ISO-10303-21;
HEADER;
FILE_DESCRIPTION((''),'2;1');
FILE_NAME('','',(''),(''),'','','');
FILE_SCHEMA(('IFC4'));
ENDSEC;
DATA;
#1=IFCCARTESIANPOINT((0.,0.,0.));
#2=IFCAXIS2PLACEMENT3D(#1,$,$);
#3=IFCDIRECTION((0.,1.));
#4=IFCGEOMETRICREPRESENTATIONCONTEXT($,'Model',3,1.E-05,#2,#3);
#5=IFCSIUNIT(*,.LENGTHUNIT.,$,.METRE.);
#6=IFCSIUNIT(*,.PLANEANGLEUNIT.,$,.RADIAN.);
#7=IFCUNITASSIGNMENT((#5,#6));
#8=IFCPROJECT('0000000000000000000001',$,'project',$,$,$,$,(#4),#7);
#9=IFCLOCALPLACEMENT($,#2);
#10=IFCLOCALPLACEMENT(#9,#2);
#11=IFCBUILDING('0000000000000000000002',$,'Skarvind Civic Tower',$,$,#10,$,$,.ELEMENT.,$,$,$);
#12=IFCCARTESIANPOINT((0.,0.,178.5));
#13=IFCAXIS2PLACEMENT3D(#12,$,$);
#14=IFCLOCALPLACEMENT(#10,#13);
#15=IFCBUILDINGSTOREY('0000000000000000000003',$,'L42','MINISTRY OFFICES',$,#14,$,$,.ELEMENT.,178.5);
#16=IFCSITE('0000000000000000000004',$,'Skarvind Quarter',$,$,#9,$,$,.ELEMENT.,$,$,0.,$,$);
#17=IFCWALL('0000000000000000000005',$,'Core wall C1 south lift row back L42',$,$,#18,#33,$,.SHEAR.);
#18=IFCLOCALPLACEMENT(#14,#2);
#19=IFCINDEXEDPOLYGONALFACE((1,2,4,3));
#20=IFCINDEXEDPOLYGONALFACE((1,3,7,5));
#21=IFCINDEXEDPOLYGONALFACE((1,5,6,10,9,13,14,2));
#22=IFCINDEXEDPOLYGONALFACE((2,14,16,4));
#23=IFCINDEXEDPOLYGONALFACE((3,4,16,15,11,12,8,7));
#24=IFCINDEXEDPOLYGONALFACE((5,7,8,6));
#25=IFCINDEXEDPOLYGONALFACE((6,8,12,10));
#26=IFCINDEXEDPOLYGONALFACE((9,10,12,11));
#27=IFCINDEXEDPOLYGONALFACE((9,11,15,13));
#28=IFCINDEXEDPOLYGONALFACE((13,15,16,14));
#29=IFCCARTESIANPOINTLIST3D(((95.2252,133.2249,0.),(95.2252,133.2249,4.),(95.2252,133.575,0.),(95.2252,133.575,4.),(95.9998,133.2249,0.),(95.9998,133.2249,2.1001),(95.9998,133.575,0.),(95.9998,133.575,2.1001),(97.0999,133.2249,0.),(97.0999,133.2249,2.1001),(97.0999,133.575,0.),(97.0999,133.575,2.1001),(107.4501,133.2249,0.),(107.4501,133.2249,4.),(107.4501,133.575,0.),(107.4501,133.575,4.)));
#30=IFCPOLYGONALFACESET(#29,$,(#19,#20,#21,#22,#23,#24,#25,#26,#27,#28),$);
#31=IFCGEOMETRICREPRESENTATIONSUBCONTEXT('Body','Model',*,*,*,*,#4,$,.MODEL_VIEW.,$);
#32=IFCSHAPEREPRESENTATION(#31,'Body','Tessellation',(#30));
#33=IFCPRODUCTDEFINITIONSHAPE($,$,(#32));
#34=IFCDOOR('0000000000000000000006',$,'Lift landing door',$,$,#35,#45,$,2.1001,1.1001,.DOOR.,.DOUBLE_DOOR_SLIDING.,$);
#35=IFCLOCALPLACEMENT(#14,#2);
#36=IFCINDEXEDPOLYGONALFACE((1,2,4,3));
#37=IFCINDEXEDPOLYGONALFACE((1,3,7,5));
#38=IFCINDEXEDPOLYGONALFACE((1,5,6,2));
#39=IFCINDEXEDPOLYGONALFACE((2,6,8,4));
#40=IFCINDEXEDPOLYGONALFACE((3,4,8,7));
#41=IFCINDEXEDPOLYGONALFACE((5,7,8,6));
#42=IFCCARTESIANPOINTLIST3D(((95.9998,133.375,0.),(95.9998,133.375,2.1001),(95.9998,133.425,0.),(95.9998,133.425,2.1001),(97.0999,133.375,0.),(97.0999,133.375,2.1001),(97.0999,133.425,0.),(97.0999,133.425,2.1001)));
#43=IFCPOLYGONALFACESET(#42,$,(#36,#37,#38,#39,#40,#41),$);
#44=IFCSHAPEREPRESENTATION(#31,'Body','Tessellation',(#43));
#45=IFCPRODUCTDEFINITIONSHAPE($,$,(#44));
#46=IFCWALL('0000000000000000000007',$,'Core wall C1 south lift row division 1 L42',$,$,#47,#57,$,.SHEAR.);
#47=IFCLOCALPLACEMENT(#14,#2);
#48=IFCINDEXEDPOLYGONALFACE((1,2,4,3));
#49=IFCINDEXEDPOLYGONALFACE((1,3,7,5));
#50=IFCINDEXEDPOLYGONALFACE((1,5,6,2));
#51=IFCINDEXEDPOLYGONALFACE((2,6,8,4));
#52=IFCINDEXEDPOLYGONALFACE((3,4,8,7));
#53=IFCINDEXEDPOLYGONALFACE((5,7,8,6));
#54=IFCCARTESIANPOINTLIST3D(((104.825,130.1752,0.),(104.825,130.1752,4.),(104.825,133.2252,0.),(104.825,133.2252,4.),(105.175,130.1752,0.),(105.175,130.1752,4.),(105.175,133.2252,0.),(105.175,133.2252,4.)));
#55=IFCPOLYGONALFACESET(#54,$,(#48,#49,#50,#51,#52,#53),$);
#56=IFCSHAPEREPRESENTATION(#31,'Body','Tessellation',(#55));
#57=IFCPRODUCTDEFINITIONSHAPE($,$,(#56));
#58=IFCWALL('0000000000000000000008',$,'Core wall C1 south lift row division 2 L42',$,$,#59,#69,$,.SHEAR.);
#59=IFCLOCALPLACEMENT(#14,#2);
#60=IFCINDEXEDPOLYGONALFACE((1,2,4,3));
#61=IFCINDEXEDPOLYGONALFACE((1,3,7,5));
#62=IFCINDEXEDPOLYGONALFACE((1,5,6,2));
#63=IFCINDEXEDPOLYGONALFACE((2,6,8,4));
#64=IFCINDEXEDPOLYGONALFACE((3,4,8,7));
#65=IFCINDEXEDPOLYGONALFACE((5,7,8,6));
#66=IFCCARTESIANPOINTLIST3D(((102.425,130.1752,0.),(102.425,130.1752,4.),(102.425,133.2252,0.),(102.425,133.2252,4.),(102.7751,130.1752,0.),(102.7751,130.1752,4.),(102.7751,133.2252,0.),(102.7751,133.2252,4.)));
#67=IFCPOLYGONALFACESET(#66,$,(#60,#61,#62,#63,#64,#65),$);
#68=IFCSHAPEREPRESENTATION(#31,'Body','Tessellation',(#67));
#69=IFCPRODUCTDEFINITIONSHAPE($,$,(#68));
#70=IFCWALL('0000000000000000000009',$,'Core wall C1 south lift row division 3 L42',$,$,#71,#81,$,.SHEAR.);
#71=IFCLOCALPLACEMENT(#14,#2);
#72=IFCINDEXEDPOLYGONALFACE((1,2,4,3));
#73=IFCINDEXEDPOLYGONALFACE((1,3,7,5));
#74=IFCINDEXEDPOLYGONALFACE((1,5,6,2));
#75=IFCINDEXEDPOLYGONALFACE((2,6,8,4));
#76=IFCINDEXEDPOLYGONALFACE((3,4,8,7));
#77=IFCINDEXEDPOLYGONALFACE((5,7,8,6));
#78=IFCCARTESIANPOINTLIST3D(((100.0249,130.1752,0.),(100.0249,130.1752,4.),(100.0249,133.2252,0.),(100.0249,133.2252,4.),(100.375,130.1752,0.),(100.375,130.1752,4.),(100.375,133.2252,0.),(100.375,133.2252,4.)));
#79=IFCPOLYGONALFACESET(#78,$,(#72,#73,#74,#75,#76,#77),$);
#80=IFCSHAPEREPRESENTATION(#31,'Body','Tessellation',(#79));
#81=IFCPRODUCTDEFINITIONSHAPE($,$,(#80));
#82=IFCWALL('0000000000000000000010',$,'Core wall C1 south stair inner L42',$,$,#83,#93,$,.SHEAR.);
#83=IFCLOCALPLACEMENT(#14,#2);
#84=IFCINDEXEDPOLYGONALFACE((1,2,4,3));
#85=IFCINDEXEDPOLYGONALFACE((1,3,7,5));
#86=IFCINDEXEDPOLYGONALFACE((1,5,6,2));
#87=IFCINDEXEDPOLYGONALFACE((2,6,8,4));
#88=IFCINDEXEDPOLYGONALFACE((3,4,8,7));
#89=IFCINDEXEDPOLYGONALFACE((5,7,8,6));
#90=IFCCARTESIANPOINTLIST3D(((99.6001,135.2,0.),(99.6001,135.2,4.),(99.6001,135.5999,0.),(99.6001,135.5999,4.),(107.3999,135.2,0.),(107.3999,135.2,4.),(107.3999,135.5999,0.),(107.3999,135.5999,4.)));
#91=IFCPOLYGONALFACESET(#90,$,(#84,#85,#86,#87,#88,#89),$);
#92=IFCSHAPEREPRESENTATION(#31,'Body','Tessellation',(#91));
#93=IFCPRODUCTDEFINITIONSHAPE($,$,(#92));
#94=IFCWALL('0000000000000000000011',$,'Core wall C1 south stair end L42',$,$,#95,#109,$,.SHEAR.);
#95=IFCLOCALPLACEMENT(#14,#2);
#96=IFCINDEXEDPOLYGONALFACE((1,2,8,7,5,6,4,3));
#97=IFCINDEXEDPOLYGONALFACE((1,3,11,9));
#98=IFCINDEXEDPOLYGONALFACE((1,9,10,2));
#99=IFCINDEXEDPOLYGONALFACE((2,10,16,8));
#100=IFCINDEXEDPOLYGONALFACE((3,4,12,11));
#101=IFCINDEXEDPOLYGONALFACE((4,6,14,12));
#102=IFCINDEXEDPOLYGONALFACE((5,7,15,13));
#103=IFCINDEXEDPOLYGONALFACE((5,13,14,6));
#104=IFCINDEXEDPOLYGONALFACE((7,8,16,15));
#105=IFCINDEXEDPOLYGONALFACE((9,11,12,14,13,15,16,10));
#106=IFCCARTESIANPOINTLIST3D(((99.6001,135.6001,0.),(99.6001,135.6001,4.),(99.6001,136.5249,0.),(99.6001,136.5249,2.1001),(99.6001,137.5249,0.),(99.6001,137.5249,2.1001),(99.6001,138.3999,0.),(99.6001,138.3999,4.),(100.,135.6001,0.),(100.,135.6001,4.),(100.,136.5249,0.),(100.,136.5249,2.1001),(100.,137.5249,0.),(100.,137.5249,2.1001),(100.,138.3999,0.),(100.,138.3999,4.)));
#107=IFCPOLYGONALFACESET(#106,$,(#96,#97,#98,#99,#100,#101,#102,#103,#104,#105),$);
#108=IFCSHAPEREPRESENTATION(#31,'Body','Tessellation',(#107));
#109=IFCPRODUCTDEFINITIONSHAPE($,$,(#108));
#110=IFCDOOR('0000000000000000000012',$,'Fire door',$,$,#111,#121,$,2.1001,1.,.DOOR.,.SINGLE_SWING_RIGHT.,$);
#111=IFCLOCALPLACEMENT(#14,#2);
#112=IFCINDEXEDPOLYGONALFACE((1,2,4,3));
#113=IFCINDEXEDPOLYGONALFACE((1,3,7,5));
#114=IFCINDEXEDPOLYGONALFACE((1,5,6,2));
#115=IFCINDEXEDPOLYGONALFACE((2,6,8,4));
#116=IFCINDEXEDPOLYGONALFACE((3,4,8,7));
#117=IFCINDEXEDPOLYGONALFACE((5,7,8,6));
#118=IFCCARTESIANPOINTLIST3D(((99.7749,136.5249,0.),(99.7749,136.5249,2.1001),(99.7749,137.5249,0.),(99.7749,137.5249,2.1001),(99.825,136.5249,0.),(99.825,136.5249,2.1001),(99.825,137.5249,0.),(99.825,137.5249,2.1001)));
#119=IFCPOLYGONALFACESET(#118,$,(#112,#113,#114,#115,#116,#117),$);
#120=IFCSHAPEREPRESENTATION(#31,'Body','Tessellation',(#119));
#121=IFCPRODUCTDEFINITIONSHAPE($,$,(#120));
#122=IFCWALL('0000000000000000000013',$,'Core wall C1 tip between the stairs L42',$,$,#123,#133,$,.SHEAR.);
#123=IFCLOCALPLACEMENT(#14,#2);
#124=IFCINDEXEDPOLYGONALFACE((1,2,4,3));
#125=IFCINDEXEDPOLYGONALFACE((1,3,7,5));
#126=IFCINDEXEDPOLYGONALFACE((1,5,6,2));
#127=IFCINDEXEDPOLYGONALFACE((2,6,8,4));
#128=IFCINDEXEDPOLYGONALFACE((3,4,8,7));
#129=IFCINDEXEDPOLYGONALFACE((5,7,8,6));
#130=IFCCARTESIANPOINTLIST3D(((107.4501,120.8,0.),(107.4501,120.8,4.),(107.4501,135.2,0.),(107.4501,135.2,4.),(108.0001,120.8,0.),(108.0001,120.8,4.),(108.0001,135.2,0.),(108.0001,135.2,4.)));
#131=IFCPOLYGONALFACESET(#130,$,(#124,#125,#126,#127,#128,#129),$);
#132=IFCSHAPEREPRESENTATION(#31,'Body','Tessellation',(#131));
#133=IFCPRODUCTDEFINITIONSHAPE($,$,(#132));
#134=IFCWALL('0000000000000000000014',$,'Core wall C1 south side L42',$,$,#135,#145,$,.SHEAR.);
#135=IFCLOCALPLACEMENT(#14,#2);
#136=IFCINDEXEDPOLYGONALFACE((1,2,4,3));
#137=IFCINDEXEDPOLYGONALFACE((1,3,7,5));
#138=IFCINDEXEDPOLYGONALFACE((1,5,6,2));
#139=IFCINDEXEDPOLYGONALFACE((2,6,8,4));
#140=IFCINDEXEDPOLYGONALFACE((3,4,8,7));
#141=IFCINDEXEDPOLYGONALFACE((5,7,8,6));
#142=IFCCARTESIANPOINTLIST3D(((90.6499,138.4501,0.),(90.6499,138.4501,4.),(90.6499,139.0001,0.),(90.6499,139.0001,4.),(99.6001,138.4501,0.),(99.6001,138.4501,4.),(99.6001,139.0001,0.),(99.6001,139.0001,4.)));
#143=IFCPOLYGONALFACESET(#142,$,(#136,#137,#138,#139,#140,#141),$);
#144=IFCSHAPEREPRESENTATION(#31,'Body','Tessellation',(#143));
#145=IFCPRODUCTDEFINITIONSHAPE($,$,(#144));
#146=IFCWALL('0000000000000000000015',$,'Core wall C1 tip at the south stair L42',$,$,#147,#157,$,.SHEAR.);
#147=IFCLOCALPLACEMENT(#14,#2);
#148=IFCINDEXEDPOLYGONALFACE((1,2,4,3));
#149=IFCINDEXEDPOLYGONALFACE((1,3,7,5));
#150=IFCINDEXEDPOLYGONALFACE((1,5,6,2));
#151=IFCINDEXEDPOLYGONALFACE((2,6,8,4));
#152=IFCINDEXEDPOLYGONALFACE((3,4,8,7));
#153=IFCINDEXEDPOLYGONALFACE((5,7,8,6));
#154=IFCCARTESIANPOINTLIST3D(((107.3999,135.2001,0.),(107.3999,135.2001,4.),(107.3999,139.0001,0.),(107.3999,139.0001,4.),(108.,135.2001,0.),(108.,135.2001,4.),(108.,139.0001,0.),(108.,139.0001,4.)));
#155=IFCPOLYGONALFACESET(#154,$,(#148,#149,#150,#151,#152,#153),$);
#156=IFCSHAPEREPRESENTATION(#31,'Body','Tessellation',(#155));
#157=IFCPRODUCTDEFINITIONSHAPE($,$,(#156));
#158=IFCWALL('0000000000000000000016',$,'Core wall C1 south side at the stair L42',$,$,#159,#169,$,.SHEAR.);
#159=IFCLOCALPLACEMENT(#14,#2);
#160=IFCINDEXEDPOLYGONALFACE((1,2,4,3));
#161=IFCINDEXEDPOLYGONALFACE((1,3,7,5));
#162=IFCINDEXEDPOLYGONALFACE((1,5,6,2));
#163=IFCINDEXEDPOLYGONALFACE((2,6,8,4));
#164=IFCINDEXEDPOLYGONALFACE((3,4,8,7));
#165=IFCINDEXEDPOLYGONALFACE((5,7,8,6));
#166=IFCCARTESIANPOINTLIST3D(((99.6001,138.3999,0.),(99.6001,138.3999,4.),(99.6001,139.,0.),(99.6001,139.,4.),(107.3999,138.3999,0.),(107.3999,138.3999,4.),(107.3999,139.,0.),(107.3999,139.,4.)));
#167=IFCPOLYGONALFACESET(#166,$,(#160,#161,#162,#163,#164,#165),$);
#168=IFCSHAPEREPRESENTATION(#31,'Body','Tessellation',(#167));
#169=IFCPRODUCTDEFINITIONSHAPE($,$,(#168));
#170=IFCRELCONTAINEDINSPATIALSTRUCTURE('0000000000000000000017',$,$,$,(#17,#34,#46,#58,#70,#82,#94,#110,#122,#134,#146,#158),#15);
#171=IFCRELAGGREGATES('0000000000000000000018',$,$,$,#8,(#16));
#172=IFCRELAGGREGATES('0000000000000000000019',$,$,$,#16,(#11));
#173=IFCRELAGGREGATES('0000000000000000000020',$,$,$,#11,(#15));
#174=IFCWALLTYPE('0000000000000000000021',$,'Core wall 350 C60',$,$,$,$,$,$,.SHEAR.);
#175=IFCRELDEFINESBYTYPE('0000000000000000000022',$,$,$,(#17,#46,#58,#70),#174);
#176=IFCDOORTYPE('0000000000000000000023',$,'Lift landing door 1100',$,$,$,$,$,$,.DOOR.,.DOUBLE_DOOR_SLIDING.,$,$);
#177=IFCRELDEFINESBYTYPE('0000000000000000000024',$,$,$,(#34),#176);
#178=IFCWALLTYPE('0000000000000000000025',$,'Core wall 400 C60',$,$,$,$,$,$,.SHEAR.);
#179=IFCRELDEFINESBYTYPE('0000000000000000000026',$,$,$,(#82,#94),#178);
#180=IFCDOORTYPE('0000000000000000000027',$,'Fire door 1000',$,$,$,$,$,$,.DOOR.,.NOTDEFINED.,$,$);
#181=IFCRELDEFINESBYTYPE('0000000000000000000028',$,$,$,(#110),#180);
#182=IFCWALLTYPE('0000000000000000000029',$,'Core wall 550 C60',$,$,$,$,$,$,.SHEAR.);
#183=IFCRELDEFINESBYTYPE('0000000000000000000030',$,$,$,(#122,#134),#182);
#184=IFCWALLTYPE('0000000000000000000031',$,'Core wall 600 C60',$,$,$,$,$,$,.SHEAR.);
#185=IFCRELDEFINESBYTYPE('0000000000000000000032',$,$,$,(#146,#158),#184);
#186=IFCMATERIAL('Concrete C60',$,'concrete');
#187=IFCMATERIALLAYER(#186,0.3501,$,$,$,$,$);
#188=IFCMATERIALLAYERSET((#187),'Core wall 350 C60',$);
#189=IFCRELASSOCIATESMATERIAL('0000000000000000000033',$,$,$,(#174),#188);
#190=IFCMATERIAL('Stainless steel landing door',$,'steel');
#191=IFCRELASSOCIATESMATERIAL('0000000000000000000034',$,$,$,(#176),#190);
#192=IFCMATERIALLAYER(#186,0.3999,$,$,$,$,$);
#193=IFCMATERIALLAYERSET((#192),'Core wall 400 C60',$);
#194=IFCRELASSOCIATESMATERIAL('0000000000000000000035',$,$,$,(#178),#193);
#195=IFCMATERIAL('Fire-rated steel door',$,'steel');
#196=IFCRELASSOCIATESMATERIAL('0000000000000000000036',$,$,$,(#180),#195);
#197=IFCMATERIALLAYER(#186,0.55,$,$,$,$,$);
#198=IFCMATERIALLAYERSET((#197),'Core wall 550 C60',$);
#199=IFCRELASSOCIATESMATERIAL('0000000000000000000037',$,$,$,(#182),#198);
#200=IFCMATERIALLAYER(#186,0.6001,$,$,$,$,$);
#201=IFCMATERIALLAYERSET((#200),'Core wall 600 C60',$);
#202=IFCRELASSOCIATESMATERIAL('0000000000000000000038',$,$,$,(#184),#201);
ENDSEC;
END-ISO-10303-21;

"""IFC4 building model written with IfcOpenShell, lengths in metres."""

from ifc_helpers import new_model, si_unit, direction, frame, frame_2d, origin, place, context, subcontext, project, spatial, rectangle, extrude, material, layer, layer_set, type_object, element, fill, save


model = new_model("IFC4")

# Units and contexts
model_context = context("Model", 3, precision=1e-05, world=origin(), true_north=direction((0.0, 1.0)))
body_context = subcontext(model_context, "Body", "Model", "MODEL_VIEW")
ifc_project = project(units=[si_unit("LENGTHUNIT", "METRE"), si_unit("PLANEANGLEUNIT", "RADIAN")], contexts=[model_context])

# Site, building, storey
site_placement = place(None, origin())
site = spatial("IfcSite", under=ifc_project, at=site_placement, Name="Skarvind Quarter", CompositionType="ELEMENT", RefElevation=0.0)
building_placement = place(site_placement, origin())
building = spatial("IfcBuilding", under=site, at=building_placement, Name="Skarvind Civic Tower", CompositionType="ELEMENT")
storey_placement = place(building_placement, frame((0.0, 0.0, 178.5)))
storey = spatial("IfcBuildingStorey", under=building, at=storey_placement, Name="L42", Description="MINISTRY OFFICES", CompositionType="ELEMENT", Elevation=178.5)

# Wall, opening, door
ifc_material_1 = material(Name="Concrete C60", Category="concrete")
ifc_layer_1 = layer(ifc_material_1, 0.3501)
ifc_layer_set_1 = layer_set([ifc_layer_1], Name="Core wall 350 C60")
wall_type_1 = type_object("IfcWallType", Name="Core wall 350 C60", PredefinedType="SHEAR", material=ifc_layer_set_1)
wall_1_placement = place(storey_placement, frame((107.45, 133.3999, 0.0), z_axis=(0.0, 0.0, 1.0), x_axis=(-1.0, 0.0, 0.0)))
wall_1 = element("IfcWall", 1, at=wall_1_placement, inside=storey, type_object=wall_type_1, Name="Core wall C1 south lift row back L42", PredefinedType="SHEAR", context=body_context, shape_type="SweptSolid", body=[
    extrude(rectangle(XDim=12.2249, YDim=0.3501, at=frame_2d((6.1123, 0.0))), origin(), (0.0, 0.0, 1.0), 4.0),
])
opening_1_placement = place(wall_1_placement, frame((10.3501, 0.0, 0.0)))
opening_1 = element("IfcOpeningElement", 2, at=opening_1_placement, cuts=wall_1, PredefinedType="OPENING", context=body_context, shape_type="SweptSolid", body=[
    extrude(rectangle(XDim=1.1001, YDim=2.1001, at=frame_2d((0.55, 1.05))), frame((0.0, 0.1851, 0.0), z_axis=(0.0, -1.0, 0.0), x_axis=(1.0, 0.0, 0.0)), (0.0, 0.0, 1.0), 0.3701),
])
ifc_material_2 = material(Name="Stainless steel landing door", Category="steel")
door_type_1 = type_object("IfcDoorType", Name="Lift landing door 1100", OperationType="DOUBLE_DOOR_SLIDING", PredefinedType="DOOR", material=ifc_material_2)
door_1_placement = place(opening_1_placement, origin())
door_1 = element("IfcDoor", 3, at=door_1_placement, inside=storey, type_object=door_type_1, Name="Lift landing door", OperationType="DOUBLE_DOOR_SLIDING", OverallHeight=2.1001, OverallWidth=1.1001, PredefinedType="DOOR", context=body_context, shape_type="SweptSolid", body=[
    extrude(rectangle(XDim=1.1001, YDim=2.1001, at=frame_2d((0.55, 1.05))), frame((0.0, 0.0249, 0.0), z_axis=(0.0, -1.0, 0.0), x_axis=(1.0, 0.0, 0.0)), (0.0, 0.0, 1.0), 0.05),
])
fill(opening_1, door_1)

# Walls
for number, where, z_axis, x_axis, name in (
    (4, (105.0, 133.2251, 0.0), (0.0, 0.0, 1.0), (0.0, -1.0, 0.0), "Core wall C1 south lift row division 1 L42"),
    (5, (102.6001, 133.2251, 0.0), (0.0, 0.0, 1.0), (0.0, -1.0, 0.0), "Core wall C1 south lift row division 2 L42"),
    (6, (100.2, 133.2251, 0.0), (0.0, 0.0, 1.0), (0.0, -1.0, 0.0), "Core wall C1 south lift row division 3 L42"),
):
    element("IfcWall", number, at=place(storey_placement, frame(where, z_axis=z_axis, x_axis=x_axis)), inside=storey, type_object=wall_type_1, Name=name, PredefinedType="SHEAR", context=body_context, shape_type="SweptSolid", body=[
        extrude(rectangle(XDim=3.05, YDim=0.3501, at=frame_2d((1.5249, 0.0))), origin(), (0.0, 0.0, 1.0), 4.0),
    ])
ifc_layer_2 = layer(ifc_material_1, 0.3999)
ifc_layer_set_2 = layer_set([ifc_layer_2], Name="Core wall 400 C60")
wall_type_2 = type_object("IfcWallType", Name="Core wall 400 C60", PredefinedType="SHEAR", material=ifc_layer_set_2)
wall_2_placement = place(storey_placement, frame((107.3999, 135.3999, 0.0), z_axis=(0.0, 0.0, 1.0), x_axis=(-1.0, 0.0, 0.0)))
element("IfcWall", 7, at=wall_2_placement, inside=storey, type_object=wall_type_2, Name="Core wall C1 south stair inner L42", PredefinedType="SHEAR", context=body_context, shape_type="SweptSolid", body=[
    extrude(rectangle(XDim=7.7998, YDim=0.3999, at=frame_2d((3.8999, 0.0))), origin(), (0.0, 0.0, 1.0), 4.0),
])

# Wall, opening, door
wall_3_placement = place(storey_placement, frame((99.8, 138.3999, 0.0), z_axis=(0.0, 0.0, 1.0), x_axis=(0.0, -1.0, 0.0)))
wall_3 = element("IfcWall", 8, at=wall_3_placement, inside=storey, type_object=wall_type_2, Name="Core wall C1 south stair end L42", PredefinedType="SHEAR", context=body_context, shape_type="SweptSolid", body=[
    extrude(rectangle(XDim=2.7998, YDim=0.3999, at=frame_2d((1.3999, 0.0))), origin(), (0.0, 0.0, 1.0), 4.0),
])
opening_2_placement = place(wall_3_placement, frame((0.875, 0.0, 0.0)))
opening_2 = element("IfcOpeningElement", 9, at=opening_2_placement, cuts=wall_3, PredefinedType="OPENING", context=body_context, shape_type="SweptSolid", body=[
    extrude(rectangle(XDim=1.0, YDim=2.1001, at=frame_2d((0.5, 1.05))), frame((0.0, 0.21, 0.0), z_axis=(0.0, -1.0, 0.0), x_axis=(1.0, 0.0, 0.0)), (0.0, 0.0, 1.0), 0.4199),
])
ifc_material_3 = material(Name="Fire-rated steel door", Category="steel")
door_type_2 = type_object("IfcDoorType", Name="Fire door 1000", OperationType="NOTDEFINED", PredefinedType="DOOR", material=ifc_material_3)
door_2_placement = place(opening_2_placement, origin())
door_2 = element("IfcDoor", 10, at=door_2_placement, inside=storey, type_object=door_type_2, Name="Fire door", OperationType="SINGLE_SWING_RIGHT", OverallHeight=2.1001, OverallWidth=1.0, PredefinedType="DOOR", context=body_context, shape_type="SweptSolid", body=[
    extrude(rectangle(XDim=1.0, YDim=2.1001, at=frame_2d((0.5, 1.05))), frame((0.0, 0.0249, 0.0), z_axis=(0.0, -1.0, 0.0), x_axis=(1.0, 0.0, 0.0)), (0.0, 0.0, 1.0), 0.05),
])
fill(opening_2, door_2)

# Walls
ifc_layer_3 = layer(ifc_material_1, 0.55)
ifc_layer_set_3 = layer_set([ifc_layer_3], Name="Core wall 550 C60")
wall_type_3 = type_object("IfcWallType", Name="Core wall 550 C60", PredefinedType="SHEAR", material=ifc_layer_set_3)
wall_4_placement = place(storey_placement, frame((107.7251, 135.2, 0.0), z_axis=(0.0, 0.0, 1.0), x_axis=(0.0, -1.0, 0.0)))
element("IfcWall", 11, at=wall_4_placement, inside=storey, type_object=wall_type_3, Name="Core wall C1 tip between the stairs L42", PredefinedType="SHEAR", context=body_context, shape_type="SweptSolid", body=[
    extrude(rectangle(XDim=14.3999, YDim=0.55, at=frame_2d((7.2, 0.0))), origin(), (0.0, 0.0, 1.0), 4.0),
])
wall_5_placement = place(storey_placement, frame((99.6001, 138.7251, 0.0), z_axis=(0.0, 0.0, 1.0), x_axis=(-1.0, 0.0, 0.0)))
element("IfcWall", 12, at=wall_5_placement, inside=storey, type_object=wall_type_3, Name="Core wall C1 south side L42", PredefinedType="SHEAR", context=body_context, shape_type="SweptSolid", body=[
    extrude(rectangle(XDim=8.9502, YDim=0.55, at=frame_2d((4.4751, 0.0))), origin(), (0.0, 0.0, 1.0), 4.0),
])
ifc_layer_4 = layer(ifc_material_1, 0.6001)
ifc_layer_set_4 = layer_set([ifc_layer_4], Name="Core wall 600 C60")
wall_type_4 = type_object("IfcWallType", Name="Core wall 600 C60", PredefinedType="SHEAR", material=ifc_layer_set_4)
wall_6_placement = place(storey_placement, frame((107.7, 139.0, 0.0), z_axis=(0.0, 0.0, 1.0), x_axis=(0.0, -1.0, 0.0)))
element("IfcWall", 13, at=wall_6_placement, inside=storey, type_object=wall_type_4, Name="Core wall C1 tip at the south stair L42", PredefinedType="SHEAR", context=body_context, shape_type="SweptSolid", body=[
    extrude(rectangle(XDim=3.8, YDim=0.6001, at=frame_2d((1.8999, 0.0))), origin(), (0.0, 0.0, 1.0), 4.0),
])
wall_7_placement = place(storey_placement, frame((107.3999, 138.7, 0.0), z_axis=(0.0, 0.0, 1.0), x_axis=(-1.0, 0.0, 0.0)))
element("IfcWall", 14, at=wall_7_placement, inside=storey, type_object=wall_type_4, Name="Core wall C1 south side at the stair L42", PredefinedType="SHEAR", context=body_context, shape_type="SweptSolid", body=[
    extrude(rectangle(XDim=7.7998, YDim=0.6001, at=frame_2d((3.8999, 0.0))), origin(), (0.0, 0.0, 1.0), 4.0),
])

save(model, "model.ifc")
